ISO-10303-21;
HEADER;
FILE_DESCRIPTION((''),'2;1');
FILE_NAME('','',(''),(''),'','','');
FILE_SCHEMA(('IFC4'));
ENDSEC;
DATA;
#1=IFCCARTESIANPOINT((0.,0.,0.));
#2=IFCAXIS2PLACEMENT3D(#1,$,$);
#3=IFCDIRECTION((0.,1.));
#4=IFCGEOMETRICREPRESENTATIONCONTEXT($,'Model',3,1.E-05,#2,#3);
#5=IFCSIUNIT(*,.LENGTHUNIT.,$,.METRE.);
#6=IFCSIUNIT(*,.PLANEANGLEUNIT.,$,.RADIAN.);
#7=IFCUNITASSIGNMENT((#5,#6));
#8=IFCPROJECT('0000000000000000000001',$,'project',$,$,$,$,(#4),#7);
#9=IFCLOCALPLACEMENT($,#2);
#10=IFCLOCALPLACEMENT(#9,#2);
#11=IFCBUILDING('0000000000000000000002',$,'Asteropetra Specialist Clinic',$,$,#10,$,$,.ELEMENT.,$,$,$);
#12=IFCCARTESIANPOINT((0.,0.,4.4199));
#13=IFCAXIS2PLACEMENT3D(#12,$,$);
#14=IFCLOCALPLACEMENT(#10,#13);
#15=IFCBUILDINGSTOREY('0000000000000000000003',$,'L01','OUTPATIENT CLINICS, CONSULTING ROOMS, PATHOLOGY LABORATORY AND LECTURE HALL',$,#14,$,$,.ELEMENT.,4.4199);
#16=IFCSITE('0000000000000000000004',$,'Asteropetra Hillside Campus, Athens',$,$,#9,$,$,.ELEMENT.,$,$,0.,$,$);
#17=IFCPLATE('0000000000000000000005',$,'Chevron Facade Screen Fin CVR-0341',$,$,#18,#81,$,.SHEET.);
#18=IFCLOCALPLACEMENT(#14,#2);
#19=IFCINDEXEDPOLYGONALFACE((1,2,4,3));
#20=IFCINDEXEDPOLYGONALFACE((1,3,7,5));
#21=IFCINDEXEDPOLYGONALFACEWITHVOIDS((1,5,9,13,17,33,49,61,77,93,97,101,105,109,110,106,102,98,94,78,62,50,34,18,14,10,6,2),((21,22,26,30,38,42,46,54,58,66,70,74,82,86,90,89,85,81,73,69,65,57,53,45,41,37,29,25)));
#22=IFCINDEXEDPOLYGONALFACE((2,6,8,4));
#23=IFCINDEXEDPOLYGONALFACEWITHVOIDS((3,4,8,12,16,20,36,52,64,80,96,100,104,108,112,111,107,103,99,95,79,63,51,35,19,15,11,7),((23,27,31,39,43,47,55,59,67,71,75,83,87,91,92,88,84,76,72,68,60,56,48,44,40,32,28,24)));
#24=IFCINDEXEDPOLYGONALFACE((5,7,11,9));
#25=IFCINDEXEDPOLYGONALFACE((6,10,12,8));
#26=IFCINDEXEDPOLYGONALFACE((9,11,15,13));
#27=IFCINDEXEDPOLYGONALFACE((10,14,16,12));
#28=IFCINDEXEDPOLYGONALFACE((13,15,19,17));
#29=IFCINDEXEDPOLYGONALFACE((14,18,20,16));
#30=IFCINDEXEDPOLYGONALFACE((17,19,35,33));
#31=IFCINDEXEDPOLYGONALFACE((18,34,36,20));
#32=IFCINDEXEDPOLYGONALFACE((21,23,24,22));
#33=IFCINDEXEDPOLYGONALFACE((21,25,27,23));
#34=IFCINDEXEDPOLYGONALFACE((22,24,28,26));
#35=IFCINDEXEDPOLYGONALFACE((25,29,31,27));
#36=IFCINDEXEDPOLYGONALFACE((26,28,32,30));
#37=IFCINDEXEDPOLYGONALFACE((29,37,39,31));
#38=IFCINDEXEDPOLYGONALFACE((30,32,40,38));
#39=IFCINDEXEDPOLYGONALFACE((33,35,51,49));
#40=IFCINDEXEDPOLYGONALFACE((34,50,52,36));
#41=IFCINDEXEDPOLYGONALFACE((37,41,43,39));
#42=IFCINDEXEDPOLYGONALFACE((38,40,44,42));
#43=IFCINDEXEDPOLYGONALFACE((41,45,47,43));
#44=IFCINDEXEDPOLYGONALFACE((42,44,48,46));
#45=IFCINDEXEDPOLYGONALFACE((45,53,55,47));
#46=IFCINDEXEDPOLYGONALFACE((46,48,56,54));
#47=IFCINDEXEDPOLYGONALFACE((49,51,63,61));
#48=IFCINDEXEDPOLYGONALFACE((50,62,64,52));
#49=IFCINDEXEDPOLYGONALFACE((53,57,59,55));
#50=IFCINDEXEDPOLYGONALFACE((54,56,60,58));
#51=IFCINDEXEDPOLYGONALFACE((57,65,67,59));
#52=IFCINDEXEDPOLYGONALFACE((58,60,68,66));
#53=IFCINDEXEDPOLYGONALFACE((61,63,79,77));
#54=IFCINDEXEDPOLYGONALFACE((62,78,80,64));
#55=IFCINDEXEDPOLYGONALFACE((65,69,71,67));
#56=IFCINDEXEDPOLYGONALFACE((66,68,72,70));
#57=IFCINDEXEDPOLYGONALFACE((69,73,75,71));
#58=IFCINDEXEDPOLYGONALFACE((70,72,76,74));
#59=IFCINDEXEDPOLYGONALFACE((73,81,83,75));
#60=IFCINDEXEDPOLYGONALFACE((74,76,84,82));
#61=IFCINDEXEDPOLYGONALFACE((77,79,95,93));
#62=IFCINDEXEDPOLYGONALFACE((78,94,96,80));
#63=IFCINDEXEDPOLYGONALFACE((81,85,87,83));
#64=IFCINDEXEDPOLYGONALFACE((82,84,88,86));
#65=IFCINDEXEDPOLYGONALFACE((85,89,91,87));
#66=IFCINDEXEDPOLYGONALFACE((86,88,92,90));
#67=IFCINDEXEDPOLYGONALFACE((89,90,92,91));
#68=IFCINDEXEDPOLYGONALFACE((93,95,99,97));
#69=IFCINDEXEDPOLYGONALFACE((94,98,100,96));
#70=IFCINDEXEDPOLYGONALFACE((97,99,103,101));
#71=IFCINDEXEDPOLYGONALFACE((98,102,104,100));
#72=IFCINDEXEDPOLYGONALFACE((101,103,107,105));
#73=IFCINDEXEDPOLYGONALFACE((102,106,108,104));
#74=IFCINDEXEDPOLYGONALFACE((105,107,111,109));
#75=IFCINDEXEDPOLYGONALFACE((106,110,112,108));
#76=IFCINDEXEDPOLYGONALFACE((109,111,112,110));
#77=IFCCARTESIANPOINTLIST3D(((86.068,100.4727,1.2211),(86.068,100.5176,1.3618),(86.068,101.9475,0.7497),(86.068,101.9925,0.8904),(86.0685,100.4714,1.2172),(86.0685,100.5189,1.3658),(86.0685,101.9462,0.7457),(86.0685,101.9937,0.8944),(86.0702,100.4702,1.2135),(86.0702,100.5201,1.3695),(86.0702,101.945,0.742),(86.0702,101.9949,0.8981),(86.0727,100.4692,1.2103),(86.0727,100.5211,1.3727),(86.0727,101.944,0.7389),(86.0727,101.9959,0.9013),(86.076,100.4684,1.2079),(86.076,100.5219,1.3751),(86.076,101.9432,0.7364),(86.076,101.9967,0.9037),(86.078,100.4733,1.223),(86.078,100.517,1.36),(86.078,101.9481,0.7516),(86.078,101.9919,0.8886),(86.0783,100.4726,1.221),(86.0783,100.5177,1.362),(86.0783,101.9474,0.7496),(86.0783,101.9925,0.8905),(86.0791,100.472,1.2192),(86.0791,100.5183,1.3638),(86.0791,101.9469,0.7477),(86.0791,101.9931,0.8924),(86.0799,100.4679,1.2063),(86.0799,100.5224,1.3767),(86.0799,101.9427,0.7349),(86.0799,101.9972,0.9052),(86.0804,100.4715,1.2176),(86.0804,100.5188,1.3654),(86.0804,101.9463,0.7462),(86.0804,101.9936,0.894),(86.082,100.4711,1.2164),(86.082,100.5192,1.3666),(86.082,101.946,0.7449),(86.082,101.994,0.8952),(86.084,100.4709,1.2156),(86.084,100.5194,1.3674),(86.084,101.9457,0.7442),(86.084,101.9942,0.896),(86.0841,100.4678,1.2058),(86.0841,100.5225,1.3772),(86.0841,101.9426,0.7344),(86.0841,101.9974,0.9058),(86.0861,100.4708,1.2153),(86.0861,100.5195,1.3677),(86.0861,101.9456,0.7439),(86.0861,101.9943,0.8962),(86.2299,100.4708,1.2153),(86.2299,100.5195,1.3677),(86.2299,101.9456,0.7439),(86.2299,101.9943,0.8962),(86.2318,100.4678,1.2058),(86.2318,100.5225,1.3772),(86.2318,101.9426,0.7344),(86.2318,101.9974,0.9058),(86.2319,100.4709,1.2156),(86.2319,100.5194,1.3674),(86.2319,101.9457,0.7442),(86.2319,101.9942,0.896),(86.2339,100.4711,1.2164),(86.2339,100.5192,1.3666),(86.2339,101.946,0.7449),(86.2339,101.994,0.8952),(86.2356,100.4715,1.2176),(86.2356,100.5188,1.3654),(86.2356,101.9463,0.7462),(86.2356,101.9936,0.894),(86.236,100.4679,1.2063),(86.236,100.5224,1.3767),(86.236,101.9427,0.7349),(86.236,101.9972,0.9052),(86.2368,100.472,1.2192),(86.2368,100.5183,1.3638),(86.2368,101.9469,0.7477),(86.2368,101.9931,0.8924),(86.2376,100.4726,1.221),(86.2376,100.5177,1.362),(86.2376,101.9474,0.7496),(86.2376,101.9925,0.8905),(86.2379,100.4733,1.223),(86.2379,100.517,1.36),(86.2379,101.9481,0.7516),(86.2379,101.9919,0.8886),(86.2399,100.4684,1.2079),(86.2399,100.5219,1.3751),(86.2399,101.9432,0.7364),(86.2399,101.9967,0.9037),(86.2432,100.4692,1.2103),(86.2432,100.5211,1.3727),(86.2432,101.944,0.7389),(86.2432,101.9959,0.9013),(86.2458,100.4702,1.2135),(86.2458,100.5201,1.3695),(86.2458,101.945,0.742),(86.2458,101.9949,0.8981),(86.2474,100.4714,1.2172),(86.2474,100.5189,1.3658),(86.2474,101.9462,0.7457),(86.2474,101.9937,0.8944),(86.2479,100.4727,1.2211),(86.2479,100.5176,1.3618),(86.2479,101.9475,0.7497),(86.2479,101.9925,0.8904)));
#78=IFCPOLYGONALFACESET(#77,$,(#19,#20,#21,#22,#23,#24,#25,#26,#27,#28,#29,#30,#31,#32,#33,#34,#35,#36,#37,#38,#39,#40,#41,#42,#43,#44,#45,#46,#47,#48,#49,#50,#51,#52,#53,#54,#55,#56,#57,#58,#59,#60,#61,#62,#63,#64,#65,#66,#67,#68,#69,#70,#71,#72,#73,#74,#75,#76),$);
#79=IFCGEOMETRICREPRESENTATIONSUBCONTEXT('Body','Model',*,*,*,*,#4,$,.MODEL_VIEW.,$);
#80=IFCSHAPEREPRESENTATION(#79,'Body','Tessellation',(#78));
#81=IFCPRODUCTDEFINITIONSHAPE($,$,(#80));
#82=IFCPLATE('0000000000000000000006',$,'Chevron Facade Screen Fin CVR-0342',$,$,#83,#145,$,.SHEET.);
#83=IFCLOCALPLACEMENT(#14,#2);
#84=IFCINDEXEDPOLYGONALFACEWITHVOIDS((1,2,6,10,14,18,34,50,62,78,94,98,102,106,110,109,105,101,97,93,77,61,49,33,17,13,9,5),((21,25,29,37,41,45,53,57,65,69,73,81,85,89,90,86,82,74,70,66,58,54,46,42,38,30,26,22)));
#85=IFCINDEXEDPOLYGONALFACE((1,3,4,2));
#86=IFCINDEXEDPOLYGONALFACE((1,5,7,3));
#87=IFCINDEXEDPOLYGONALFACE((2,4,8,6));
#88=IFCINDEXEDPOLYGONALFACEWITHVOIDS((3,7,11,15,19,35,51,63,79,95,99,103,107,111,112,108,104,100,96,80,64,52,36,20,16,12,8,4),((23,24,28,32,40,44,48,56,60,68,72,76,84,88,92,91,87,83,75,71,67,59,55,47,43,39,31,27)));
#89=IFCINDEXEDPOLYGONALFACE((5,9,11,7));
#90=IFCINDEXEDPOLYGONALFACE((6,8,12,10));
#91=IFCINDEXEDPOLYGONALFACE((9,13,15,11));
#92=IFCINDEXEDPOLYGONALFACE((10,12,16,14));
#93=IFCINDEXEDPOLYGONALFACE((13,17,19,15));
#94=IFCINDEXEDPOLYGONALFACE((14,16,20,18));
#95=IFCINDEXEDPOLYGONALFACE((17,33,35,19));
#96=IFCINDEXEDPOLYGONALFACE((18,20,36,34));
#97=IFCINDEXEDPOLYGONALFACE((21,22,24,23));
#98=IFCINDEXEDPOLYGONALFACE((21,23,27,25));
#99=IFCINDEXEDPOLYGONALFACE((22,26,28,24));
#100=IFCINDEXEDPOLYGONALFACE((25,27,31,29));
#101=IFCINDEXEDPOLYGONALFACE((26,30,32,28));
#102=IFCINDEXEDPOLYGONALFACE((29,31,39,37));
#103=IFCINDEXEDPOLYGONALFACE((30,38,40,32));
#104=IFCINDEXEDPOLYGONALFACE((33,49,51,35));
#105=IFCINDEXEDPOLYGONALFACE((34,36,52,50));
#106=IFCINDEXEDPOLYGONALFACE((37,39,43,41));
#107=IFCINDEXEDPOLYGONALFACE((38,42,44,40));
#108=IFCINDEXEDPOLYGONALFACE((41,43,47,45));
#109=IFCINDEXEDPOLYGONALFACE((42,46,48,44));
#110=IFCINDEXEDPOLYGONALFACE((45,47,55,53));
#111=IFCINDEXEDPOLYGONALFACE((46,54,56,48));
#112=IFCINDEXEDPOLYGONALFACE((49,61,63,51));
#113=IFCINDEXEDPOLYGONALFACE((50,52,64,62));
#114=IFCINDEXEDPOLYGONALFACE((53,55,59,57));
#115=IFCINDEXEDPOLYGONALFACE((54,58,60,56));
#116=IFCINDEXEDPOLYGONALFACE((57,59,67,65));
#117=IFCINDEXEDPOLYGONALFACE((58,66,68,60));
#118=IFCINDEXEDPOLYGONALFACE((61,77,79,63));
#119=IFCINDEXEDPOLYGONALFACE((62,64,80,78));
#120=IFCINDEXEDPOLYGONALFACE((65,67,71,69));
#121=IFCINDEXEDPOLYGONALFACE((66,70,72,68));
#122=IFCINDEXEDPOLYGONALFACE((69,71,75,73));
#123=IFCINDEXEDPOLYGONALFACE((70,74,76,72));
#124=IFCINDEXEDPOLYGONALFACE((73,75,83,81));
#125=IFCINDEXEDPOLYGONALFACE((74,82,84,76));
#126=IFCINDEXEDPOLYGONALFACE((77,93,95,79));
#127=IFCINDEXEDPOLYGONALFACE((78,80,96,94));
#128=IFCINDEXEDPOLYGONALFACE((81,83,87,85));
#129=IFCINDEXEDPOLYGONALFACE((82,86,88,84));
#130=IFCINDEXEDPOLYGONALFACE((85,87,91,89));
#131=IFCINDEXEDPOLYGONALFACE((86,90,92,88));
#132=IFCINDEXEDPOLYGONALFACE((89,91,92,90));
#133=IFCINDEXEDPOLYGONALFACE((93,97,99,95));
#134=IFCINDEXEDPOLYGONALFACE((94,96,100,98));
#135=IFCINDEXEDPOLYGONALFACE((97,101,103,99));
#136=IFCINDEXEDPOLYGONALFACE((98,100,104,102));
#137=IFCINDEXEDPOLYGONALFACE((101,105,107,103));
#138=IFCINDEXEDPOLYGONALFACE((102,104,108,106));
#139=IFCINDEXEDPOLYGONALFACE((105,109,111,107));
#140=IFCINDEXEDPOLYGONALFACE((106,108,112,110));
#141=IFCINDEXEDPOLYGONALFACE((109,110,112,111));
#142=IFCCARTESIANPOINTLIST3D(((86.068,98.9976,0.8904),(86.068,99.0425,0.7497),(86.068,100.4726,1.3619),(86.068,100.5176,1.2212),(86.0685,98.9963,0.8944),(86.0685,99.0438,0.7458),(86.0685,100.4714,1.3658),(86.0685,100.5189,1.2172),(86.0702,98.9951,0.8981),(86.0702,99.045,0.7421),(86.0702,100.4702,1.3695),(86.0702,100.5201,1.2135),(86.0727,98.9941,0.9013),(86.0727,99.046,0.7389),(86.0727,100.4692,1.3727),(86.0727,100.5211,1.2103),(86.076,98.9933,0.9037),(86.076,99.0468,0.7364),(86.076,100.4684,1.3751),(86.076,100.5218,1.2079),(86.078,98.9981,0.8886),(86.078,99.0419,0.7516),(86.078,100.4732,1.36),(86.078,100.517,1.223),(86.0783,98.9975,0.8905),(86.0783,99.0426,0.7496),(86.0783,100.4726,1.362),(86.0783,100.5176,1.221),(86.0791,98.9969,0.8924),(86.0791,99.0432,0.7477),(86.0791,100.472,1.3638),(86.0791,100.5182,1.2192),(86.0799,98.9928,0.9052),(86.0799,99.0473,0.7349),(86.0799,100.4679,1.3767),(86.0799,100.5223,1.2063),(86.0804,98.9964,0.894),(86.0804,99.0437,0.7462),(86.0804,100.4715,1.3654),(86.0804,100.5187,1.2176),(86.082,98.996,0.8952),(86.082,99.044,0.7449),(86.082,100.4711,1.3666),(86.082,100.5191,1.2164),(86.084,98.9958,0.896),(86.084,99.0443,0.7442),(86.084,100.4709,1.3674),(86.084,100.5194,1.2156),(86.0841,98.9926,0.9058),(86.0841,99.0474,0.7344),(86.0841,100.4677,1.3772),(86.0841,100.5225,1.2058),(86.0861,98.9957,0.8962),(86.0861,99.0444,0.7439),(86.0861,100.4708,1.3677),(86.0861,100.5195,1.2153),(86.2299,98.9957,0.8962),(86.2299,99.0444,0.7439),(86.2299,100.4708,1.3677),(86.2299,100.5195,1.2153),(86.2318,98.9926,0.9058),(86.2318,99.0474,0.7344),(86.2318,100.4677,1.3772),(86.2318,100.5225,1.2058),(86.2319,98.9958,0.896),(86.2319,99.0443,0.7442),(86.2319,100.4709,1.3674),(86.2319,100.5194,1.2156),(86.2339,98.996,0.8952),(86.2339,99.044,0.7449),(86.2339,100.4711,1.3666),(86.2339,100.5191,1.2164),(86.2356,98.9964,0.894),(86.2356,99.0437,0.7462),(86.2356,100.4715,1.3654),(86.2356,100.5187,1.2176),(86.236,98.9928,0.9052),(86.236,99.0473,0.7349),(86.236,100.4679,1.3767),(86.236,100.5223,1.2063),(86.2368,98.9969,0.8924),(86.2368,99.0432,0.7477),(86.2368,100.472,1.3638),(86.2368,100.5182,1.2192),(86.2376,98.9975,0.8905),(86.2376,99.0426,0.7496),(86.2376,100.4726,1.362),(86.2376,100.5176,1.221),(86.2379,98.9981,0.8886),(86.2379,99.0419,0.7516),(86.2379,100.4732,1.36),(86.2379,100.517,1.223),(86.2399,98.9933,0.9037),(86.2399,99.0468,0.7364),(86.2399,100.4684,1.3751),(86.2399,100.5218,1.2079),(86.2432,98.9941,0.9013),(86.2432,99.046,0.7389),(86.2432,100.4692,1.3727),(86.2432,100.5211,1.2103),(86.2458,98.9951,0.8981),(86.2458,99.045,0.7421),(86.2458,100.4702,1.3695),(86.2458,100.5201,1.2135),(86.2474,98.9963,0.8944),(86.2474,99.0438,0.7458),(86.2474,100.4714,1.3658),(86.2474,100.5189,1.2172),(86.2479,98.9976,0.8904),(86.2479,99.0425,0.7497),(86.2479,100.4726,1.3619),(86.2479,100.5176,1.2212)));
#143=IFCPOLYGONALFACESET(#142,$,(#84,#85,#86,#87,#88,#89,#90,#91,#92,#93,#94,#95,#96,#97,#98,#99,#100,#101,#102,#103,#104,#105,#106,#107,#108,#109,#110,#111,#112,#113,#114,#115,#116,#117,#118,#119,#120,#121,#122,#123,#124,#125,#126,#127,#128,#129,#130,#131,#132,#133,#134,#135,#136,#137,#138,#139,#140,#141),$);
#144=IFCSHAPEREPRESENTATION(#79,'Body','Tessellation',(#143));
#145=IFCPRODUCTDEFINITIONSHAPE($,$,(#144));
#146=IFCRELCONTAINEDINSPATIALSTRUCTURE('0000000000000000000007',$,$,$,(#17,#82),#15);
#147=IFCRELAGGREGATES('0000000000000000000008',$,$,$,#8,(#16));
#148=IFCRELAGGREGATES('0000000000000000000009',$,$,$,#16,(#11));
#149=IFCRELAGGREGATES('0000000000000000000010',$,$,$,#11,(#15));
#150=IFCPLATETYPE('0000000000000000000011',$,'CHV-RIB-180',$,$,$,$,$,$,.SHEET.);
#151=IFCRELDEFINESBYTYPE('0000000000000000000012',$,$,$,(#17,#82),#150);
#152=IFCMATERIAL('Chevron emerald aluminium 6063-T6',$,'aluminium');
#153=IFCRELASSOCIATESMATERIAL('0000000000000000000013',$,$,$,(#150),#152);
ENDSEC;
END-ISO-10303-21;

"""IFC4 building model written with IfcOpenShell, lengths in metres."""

from ifc_helpers import new_model, si_unit, direction, frame, origin, origin_2d, place, context, subcontext, project, spatial, hollow_rectangle, extrude, material, material_profile, profile_set, type_object, element, save


model = new_model("IFC4")

# Units and contexts
model_context = context("Model", 3, precision=1e-05, world=origin(), true_north=direction((0.0, 1.0)))
body_context = subcontext(model_context, "Body", "Model", "MODEL_VIEW")
ifc_project = project(units=[si_unit("LENGTHUNIT", "METRE"), si_unit("PLANEANGLEUNIT", "RADIAN")], contexts=[model_context])

# Site, building, storey
site_placement = place(None, origin())
site = spatial("IfcSite", under=ifc_project, at=site_placement, Name="Asteropetra Hillside Campus, Athens", CompositionType="ELEMENT", RefElevation=0.0)
building_placement = place(site_placement, origin())
building = spatial("IfcBuilding", under=site, at=building_placement, Name="Asteropetra Specialist Clinic", CompositionType="ELEMENT")
storey_placement = place(building_placement, frame((0.0, 0.0, 4.4199)))
storey = spatial("IfcBuildingStorey", under=building, at=storey_placement, Name="L01", Description="OUTPATIENT CLINICS, CONSULTING ROOMS, PATHOLOGY LABORATORY AND LECTURE HALL", CompositionType="ELEMENT", Elevation=4.4199)

# Plates
ifc_material_1 = material(Name="Chevron emerald aluminium 6063-T6", Category="aluminium")
ifc_material_profile = material_profile(ifc_material_1, hollow_rectangle(XDim=0.1799, YDim=0.1799, WallThickness=0.01, InnerFilletRadius=0.0081, OuterFilletRadius=0.0161, at=origin_2d()), Name="SHS 180x180x10.0")
ifc_profile_set = profile_set([ifc_material_profile], Name="Chevron emerald aluminium 6063-T6")
plate_type = type_object("IfcPlateType", Name="CHV-RIB-180", PredefinedType="SHEET", material=ifc_profile_set)
plate_1_placement = place(storey_placement, frame((86.158, 101.97, 0.8201), z_axis=(0.0, -0.952521, 0.304472), x_axis=(1.0, 0.0, 0.0)))
element("IfcPlate", 1, at=plate_1_placement, inside=storey, type_object=plate_type, Name="Chevron Facade Screen Fin CVR-0341", PredefinedType="SHEET", context=body_context, shape_type="SweptSolid", body=[
    extrude(hollow_rectangle(XDim=0.1799, YDim=0.1799, WallThickness=0.01, InnerFilletRadius=0.0081, OuterFilletRadius=0.0161, at=origin_2d()), origin(), (0.0, 0.0, 1.0), 1.5483),
])
plate_2_placement = place(storey_placement, frame((86.158, 100.4951, 1.2915), z_axis=(0.0, -0.952536, -0.304427), x_axis=(1.0, 0.0, 0.0)))
element("IfcPlate", 2, at=plate_2_placement, inside=storey, type_object=plate_type, Name="Chevron Facade Screen Fin CVR-0342", PredefinedType="SHEET", context=body_context, shape_type="SweptSolid", body=[
    extrude(hollow_rectangle(XDim=0.1799, YDim=0.1799, WallThickness=0.01, InnerFilletRadius=0.0081, OuterFilletRadius=0.0161, at=origin_2d()), origin(), (0.0, 0.0, 1.0), 1.5486),
])

save(model, "model.ifc")
